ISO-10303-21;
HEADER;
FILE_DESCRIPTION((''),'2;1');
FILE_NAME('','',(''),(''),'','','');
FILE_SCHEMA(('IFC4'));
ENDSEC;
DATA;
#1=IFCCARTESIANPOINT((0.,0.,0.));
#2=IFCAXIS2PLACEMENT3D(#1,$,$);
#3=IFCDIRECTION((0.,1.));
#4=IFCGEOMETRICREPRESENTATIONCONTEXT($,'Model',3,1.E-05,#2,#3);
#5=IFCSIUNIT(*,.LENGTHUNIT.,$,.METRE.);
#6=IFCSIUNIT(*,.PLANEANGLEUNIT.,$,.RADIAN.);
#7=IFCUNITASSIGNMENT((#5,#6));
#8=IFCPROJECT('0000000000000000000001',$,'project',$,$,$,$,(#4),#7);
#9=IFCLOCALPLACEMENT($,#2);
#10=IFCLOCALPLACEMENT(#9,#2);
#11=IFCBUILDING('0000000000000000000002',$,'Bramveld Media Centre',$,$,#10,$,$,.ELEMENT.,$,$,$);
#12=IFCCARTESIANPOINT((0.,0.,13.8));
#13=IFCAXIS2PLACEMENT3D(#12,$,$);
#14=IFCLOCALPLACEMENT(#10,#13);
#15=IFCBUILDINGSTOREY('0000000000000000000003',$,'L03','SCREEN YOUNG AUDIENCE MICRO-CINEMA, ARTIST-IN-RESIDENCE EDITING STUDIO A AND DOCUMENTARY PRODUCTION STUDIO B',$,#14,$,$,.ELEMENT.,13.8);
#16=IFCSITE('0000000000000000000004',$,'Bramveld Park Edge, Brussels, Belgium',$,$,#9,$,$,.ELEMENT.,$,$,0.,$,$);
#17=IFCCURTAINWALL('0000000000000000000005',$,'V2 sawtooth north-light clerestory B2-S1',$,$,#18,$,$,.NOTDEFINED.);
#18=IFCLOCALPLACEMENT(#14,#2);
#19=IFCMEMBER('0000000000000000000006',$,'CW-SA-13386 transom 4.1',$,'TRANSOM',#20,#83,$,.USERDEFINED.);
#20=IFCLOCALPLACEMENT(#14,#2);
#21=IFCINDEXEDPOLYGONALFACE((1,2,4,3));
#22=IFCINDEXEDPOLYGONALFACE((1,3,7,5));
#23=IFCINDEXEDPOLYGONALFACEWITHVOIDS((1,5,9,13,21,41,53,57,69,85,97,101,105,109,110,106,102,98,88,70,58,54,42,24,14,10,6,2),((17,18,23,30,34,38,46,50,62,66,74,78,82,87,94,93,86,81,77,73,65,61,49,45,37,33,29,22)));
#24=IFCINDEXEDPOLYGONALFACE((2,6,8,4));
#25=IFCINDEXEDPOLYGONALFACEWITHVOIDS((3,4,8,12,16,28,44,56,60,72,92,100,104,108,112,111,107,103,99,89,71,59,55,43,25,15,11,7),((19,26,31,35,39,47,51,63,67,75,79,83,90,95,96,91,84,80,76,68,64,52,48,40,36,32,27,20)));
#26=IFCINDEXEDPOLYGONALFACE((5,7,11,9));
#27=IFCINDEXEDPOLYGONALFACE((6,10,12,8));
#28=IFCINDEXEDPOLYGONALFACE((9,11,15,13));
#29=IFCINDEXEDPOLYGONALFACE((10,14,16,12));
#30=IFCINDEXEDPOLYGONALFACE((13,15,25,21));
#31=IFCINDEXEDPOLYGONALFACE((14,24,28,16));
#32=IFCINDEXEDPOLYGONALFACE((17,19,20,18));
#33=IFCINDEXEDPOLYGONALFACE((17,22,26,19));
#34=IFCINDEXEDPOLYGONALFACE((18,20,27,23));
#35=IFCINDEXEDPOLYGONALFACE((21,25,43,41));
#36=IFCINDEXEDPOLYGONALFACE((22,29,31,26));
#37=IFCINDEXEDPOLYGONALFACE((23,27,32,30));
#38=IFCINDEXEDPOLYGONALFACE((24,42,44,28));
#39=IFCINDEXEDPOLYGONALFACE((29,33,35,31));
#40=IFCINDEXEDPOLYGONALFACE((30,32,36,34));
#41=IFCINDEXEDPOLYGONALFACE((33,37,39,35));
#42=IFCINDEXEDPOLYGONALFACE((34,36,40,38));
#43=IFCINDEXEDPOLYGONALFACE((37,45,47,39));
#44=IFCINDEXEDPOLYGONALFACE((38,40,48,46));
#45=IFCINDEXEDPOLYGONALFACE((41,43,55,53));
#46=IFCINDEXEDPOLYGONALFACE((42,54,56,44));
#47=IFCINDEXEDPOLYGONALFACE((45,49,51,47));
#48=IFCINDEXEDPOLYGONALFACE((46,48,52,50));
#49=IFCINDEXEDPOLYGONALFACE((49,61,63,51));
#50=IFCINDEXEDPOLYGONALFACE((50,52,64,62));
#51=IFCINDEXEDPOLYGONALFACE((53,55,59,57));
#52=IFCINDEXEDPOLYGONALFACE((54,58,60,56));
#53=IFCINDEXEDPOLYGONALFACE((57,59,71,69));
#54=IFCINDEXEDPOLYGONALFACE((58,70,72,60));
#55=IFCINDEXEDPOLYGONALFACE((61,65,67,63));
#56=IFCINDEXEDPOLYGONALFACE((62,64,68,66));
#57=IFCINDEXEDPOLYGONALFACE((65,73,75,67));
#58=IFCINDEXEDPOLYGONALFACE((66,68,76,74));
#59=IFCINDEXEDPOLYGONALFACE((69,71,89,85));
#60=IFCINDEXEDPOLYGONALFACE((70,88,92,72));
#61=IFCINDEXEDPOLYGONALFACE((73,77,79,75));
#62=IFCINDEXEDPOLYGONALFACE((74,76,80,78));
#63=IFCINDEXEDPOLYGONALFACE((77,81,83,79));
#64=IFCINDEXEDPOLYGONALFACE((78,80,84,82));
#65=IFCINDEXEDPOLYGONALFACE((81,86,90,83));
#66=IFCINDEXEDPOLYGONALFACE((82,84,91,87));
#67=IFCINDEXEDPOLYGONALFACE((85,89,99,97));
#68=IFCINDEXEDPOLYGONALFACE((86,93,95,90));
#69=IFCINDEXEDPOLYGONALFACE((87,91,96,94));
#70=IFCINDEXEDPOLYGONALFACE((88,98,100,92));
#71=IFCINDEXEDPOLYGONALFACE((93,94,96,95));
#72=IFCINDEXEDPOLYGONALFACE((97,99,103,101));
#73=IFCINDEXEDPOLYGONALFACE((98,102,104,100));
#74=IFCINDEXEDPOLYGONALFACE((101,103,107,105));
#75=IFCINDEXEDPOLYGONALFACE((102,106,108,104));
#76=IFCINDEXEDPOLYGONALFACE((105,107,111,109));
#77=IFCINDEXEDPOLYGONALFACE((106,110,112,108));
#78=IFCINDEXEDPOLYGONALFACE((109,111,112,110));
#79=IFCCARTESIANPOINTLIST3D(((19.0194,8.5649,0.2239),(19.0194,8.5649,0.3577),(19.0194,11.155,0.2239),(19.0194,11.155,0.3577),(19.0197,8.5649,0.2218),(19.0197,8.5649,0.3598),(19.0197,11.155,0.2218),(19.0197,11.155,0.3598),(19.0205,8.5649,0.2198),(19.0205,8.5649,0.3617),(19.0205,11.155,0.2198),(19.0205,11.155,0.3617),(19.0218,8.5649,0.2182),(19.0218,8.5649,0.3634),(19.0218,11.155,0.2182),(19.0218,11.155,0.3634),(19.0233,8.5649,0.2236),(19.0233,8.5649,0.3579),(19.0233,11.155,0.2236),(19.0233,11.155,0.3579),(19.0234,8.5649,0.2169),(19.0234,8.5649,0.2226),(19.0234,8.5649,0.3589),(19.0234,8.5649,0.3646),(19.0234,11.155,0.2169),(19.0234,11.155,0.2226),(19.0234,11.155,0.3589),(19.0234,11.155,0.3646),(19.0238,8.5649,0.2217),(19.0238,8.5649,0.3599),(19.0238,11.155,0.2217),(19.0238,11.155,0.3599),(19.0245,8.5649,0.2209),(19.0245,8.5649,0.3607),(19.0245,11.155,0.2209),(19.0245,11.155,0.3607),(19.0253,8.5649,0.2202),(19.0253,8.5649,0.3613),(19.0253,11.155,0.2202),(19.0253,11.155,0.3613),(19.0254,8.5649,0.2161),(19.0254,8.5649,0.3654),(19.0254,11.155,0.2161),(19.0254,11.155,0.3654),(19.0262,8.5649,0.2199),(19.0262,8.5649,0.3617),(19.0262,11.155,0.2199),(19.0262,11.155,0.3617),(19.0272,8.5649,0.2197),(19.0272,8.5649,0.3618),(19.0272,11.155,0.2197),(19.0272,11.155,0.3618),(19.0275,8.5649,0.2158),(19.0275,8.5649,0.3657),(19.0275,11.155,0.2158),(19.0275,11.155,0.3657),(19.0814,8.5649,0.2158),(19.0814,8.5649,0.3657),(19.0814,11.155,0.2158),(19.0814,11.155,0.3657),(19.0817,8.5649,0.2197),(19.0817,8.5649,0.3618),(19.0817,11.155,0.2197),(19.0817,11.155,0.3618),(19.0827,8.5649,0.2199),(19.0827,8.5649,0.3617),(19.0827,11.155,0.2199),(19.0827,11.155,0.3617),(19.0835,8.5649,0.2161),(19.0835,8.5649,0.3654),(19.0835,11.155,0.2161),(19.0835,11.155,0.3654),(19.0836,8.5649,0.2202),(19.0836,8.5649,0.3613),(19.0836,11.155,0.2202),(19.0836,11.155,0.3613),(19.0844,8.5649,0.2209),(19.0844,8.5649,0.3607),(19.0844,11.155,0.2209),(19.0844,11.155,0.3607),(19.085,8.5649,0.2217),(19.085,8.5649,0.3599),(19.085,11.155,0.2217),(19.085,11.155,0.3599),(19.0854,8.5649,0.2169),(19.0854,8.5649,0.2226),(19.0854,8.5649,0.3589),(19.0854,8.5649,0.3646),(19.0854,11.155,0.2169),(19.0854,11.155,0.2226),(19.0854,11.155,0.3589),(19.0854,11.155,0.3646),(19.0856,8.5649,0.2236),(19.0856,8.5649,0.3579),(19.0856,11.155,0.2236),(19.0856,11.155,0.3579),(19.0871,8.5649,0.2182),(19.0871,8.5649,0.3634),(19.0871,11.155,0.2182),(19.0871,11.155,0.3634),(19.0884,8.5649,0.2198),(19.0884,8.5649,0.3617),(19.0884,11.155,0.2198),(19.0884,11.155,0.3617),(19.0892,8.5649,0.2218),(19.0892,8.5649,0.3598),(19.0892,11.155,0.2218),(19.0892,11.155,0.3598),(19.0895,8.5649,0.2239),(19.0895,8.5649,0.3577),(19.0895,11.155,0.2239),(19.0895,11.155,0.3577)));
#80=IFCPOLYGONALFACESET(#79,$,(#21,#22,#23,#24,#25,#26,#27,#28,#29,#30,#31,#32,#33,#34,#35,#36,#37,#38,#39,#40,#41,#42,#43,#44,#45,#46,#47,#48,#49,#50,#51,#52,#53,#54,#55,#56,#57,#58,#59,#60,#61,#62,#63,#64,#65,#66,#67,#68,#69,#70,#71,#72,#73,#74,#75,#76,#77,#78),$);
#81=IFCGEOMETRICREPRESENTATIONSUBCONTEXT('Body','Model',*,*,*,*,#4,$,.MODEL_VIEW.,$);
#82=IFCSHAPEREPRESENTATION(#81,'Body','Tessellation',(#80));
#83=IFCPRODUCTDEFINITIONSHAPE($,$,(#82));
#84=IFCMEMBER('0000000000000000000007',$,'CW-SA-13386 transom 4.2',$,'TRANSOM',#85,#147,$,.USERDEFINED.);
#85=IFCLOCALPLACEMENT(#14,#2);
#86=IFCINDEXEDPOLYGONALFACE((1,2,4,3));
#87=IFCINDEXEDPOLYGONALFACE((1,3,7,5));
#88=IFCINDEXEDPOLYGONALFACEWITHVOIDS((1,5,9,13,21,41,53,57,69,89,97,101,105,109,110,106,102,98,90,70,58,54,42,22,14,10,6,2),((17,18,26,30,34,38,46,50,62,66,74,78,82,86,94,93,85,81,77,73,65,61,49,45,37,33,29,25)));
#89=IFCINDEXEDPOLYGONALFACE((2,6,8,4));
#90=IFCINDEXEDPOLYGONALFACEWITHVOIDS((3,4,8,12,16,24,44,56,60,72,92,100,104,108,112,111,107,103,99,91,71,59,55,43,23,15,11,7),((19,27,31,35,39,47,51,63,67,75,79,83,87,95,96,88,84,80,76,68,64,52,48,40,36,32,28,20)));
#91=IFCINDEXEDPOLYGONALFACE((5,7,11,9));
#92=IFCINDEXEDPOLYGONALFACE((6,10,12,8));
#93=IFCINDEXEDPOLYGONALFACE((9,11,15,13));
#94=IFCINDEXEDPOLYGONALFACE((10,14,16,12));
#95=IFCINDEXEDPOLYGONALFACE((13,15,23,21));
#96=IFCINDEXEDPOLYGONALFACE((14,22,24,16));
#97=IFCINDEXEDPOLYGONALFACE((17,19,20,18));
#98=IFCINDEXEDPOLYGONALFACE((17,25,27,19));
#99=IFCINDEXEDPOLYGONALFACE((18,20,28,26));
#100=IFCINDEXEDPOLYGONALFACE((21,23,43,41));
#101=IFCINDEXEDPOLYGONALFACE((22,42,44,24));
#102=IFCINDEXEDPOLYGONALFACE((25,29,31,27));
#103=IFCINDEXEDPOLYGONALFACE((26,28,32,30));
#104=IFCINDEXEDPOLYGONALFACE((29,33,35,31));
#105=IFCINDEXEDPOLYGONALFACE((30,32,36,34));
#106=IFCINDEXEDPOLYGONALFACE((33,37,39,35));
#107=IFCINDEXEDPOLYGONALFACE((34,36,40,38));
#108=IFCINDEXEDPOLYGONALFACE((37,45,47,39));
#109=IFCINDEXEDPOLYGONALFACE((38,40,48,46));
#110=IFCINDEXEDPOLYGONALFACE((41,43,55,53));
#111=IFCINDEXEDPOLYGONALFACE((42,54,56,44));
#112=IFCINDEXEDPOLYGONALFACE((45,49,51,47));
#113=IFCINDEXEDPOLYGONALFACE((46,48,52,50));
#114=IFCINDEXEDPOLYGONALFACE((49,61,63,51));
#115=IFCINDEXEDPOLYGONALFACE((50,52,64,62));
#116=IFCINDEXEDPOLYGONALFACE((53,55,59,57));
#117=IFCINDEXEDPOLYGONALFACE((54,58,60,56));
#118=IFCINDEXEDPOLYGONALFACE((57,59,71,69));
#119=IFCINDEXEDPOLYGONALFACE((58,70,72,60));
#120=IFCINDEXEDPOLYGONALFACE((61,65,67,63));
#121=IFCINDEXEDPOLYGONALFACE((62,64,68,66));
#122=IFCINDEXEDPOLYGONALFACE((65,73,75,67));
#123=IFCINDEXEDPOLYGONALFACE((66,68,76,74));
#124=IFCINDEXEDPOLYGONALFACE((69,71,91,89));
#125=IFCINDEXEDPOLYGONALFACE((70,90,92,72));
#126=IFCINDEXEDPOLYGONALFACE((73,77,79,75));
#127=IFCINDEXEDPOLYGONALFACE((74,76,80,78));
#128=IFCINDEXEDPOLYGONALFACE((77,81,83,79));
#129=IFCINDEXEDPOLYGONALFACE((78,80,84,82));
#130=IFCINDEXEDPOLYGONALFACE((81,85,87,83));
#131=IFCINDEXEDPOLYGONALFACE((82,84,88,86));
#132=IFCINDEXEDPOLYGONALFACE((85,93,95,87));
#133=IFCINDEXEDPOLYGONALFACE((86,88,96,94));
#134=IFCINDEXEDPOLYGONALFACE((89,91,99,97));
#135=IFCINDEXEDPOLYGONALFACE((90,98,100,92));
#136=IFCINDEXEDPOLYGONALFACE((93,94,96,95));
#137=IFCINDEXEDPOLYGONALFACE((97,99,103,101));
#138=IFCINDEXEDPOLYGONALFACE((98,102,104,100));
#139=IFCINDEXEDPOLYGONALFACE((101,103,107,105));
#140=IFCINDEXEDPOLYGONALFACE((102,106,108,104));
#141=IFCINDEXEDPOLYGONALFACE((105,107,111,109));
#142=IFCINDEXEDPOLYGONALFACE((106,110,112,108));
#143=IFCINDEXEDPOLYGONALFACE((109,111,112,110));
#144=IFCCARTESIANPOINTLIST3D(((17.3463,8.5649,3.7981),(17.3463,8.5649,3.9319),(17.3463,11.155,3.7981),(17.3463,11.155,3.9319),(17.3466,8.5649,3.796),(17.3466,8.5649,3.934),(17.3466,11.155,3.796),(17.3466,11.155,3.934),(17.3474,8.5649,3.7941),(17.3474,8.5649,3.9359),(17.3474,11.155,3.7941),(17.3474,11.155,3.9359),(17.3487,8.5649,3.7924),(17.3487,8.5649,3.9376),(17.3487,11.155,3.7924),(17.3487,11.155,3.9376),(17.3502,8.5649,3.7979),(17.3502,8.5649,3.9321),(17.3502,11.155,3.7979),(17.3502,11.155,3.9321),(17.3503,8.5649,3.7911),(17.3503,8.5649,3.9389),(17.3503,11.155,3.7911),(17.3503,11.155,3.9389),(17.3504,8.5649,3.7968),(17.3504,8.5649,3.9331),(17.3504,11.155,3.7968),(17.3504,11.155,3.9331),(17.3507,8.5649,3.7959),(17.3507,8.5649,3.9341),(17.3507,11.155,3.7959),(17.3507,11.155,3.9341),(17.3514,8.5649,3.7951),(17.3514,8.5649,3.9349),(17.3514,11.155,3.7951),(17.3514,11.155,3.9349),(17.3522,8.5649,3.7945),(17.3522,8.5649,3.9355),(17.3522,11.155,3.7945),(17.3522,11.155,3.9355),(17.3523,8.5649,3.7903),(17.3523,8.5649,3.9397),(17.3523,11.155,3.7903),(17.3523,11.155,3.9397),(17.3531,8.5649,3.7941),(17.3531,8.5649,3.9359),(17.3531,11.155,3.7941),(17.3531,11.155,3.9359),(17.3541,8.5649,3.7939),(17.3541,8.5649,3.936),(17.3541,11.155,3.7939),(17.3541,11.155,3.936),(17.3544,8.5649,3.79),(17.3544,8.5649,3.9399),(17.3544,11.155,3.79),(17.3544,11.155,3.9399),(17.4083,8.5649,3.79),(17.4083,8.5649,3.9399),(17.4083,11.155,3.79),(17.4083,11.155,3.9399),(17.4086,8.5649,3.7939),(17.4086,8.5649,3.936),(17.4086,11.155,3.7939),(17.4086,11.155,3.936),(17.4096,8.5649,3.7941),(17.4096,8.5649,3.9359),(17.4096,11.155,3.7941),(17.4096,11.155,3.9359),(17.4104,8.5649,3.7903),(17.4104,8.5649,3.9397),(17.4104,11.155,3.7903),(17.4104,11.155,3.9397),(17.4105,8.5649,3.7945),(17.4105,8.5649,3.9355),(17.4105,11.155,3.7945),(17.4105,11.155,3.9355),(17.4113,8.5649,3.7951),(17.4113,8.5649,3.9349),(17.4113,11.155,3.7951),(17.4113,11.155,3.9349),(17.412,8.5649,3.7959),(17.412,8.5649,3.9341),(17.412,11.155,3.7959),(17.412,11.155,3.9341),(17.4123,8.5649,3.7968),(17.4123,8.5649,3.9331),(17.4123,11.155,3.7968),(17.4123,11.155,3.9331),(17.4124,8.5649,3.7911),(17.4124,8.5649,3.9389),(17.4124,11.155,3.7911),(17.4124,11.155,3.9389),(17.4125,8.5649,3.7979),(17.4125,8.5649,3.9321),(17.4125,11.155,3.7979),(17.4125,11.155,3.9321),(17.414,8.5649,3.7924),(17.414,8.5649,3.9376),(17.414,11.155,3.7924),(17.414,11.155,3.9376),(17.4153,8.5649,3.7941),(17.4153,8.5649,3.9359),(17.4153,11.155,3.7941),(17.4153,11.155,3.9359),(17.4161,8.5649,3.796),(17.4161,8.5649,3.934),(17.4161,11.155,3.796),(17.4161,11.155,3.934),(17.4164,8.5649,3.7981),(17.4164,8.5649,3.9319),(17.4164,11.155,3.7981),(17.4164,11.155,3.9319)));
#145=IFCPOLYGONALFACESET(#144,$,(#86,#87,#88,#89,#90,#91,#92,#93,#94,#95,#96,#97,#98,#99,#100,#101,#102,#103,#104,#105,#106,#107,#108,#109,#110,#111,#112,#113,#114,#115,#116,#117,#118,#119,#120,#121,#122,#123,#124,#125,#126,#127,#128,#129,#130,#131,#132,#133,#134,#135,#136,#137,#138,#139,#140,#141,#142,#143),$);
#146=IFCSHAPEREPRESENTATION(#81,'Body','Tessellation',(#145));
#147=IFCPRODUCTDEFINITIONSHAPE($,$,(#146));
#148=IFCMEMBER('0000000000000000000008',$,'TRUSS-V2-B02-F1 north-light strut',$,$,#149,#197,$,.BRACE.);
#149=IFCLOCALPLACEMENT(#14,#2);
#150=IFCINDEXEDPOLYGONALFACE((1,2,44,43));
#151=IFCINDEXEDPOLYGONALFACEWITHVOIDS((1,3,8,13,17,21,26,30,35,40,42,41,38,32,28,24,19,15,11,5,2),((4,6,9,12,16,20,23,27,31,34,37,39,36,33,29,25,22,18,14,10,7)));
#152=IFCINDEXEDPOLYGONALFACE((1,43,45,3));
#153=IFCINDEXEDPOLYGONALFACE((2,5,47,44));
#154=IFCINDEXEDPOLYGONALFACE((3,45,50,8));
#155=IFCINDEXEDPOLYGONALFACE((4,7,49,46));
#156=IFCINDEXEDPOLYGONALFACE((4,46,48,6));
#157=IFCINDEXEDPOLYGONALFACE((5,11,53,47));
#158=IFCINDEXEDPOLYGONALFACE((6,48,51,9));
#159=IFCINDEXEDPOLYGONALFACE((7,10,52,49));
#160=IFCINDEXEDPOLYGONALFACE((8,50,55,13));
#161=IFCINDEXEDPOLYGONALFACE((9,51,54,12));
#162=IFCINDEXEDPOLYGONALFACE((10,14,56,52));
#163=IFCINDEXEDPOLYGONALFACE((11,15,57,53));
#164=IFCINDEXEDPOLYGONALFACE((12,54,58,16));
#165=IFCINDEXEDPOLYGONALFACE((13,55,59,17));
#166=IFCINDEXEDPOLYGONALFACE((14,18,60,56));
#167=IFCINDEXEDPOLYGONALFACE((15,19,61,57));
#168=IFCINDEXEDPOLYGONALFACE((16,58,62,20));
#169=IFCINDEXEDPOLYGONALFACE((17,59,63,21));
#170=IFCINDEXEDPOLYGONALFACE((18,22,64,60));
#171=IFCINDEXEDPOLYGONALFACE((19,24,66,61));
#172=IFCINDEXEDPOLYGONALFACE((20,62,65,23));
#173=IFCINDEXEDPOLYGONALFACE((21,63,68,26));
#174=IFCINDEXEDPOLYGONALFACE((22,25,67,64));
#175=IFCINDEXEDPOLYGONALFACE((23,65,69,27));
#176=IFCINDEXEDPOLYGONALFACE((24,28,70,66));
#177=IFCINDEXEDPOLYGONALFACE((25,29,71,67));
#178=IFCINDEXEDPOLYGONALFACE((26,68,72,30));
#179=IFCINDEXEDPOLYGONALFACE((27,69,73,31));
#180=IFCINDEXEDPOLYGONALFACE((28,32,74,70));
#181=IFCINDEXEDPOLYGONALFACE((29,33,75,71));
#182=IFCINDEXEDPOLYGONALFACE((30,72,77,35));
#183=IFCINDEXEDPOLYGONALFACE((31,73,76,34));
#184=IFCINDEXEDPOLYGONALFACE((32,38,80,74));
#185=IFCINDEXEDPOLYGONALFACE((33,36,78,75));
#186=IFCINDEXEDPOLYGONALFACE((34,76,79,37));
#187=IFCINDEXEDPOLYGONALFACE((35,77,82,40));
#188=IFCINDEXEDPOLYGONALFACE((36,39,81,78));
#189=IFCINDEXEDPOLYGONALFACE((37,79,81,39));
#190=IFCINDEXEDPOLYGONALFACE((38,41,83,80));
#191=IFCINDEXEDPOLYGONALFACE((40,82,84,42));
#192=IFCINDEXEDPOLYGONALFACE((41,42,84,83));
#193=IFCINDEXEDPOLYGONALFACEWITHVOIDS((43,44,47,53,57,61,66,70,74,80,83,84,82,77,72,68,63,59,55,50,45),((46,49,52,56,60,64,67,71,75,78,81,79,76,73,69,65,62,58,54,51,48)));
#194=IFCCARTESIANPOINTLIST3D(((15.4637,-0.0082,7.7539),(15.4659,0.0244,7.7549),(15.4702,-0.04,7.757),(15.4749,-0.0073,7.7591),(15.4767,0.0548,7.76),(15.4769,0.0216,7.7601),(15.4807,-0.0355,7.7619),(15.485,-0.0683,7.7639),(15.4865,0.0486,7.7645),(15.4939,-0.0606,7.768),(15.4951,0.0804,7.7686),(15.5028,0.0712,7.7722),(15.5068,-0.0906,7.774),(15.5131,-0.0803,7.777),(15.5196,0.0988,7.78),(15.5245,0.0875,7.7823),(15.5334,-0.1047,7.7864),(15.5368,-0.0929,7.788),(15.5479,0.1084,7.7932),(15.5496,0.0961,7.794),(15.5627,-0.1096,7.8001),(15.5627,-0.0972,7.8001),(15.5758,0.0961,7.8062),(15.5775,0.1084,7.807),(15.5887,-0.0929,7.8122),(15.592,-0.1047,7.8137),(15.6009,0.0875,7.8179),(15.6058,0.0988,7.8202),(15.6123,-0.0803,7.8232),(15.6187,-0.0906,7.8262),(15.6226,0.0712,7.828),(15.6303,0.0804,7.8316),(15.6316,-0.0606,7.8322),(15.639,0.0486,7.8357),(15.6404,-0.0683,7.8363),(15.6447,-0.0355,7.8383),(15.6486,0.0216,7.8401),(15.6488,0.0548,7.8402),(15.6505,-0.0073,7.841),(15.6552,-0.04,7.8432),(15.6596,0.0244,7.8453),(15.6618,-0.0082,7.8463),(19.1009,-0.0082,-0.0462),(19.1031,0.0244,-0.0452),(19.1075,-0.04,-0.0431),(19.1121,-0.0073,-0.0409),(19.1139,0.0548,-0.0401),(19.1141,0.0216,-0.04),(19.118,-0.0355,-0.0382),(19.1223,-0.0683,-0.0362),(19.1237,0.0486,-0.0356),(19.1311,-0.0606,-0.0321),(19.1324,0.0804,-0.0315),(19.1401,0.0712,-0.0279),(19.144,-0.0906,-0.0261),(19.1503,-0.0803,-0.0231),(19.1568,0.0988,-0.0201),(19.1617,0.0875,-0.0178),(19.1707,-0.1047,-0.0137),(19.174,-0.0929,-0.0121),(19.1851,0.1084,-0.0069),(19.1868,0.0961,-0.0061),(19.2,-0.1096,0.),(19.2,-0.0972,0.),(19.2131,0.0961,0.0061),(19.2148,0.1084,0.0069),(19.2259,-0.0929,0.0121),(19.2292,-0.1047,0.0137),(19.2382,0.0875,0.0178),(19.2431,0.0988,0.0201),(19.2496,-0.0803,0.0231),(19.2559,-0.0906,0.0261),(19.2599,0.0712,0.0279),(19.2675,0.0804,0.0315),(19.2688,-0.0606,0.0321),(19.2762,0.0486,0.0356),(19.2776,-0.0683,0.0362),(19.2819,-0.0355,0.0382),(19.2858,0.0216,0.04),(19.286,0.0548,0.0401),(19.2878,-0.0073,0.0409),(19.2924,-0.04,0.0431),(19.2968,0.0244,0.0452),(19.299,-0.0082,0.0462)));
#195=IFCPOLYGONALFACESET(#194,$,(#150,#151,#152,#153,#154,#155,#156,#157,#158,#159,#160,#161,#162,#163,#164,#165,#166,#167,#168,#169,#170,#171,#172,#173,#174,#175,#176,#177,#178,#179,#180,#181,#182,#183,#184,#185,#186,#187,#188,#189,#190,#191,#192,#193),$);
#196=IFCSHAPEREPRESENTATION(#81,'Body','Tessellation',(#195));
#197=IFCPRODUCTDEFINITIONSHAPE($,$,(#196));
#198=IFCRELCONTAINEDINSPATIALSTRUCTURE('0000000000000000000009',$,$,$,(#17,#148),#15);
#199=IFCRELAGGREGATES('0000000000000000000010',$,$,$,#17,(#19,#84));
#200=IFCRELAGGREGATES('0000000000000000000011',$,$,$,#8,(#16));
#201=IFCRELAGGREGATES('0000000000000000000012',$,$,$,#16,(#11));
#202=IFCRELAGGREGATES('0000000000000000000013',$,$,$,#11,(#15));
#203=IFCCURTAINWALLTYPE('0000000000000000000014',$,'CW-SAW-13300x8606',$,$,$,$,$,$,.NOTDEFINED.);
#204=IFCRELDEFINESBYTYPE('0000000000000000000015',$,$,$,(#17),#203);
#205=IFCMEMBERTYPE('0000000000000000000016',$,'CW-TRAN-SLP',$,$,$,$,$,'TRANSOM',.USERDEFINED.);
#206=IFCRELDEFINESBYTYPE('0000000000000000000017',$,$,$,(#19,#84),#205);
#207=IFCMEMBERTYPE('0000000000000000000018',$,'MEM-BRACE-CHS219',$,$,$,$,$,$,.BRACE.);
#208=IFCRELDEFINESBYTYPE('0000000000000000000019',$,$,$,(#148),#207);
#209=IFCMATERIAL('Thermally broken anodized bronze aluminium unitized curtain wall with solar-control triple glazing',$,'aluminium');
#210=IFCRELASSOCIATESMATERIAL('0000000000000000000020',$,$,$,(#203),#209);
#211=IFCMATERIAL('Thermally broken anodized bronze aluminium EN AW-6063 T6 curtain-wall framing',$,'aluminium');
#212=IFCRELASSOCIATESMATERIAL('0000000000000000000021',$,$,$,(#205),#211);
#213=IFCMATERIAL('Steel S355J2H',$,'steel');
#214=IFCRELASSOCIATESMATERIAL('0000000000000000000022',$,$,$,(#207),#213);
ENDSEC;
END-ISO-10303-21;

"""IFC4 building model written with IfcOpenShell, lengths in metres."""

from ifc_helpers import new_model, si_unit, direction, frame, origin, origin_2d, place, context, subcontext, project, spatial, hollow_rectangle, hollow_circle, extrude, material, material_profile, profile_set, type_object, element, aggregate, save


model = new_model("IFC4")

# Units and contexts
model_context = context("Model", 3, precision=1e-05, world=origin(), true_north=direction((0.0, 1.0)))
body_context = subcontext(model_context, "Body", "Model", "MODEL_VIEW")
ifc_project = project(units=[si_unit("LENGTHUNIT", "METRE"), si_unit("PLANEANGLEUNIT", "RADIAN")], contexts=[model_context])

# Site, building, storey
site_placement = place(None, origin())
site = spatial("IfcSite", under=ifc_project, at=site_placement, Name="Bramveld Park Edge, Brussels, Belgium", CompositionType="ELEMENT", RefElevation=0.0)
building_placement = place(site_placement, origin())
building = spatial("IfcBuilding", under=site, at=building_placement, Name="Bramveld Media Centre", CompositionType="ELEMENT")
storey_placement = place(building_placement, frame((0.0, 0.0, 13.8)))
storey = spatial("IfcBuildingStorey", under=building, at=storey_placement, Name="L03", Description="SCREEN YOUNG AUDIENCE MICRO-CINEMA, ARTIST-IN-RESIDENCE EDITING STUDIO A AND DOCUMENTARY PRODUCTION STUDIO B", CompositionType="ELEMENT", Elevation=13.8)

# Curtain wall, members
ifc_material_1 = material(Name="Thermally broken anodized bronze aluminium unitized curtain wall with solar-control triple glazing", Category="aluminium")
curtain_wall_type = type_object("IfcCurtainWallType", Name="CW-SAW-13300x8606", PredefinedType="NOTDEFINED", material=ifc_material_1)
curtain_wall_placement = place(storey_placement, origin())
curtain_wall = element("IfcCurtainWall", 1, at=curtain_wall_placement, inside=storey, type_object=curtain_wall_type, Name="V2 sawtooth north-light clerestory B2-S1", PredefinedType="NOTDEFINED")
ifc_material_2 = material(Name="Thermally broken anodized bronze aluminium EN AW-6063 T6 curtain-wall framing", Category="aluminium")
ifc_material_profile_1 = material_profile(ifc_material_2, hollow_rectangle(XDim=0.0701, YDim=0.1499, WallThickness=0.0039, InnerFilletRadius=0.0039, OuterFilletRadius=0.0081, at=origin_2d()), Name="AL-TRAN 70x150")
ifc_profile_set_1 = profile_set([ifc_material_profile_1], Name="Thermally broken anodized bronze aluminium EN AW-6063 T6 curtain-wall framing")
member_type_1 = type_object("IfcMemberType", Name="CW-TRAN-SLP", ElementType="TRANSOM", PredefinedType="USERDEFINED", material=ifc_profile_set_1)
member_1_placement = place(storey_placement, frame((19.0544, 8.5649, 0.2908), z_axis=(0.0, 1.0, 0.0), x_axis=(-1.0, 0.0, 0.0)))
member_1 = element("IfcMember", 2, at=member_1_placement, type_object=member_type_1, Name="CW-SA-13386 transom 4.1", ObjectType="TRANSOM", PredefinedType="USERDEFINED", context=body_context, shape_type="SweptSolid", body=[
    extrude(hollow_rectangle(XDim=0.0701, YDim=0.1499, WallThickness=0.0039, InnerFilletRadius=0.0039, OuterFilletRadius=0.0081, at=origin_2d()), origin(), (0.0, 0.0, 1.0), 2.5901),
])
member_2_placement = place(storey_placement, frame((17.3813, 8.5649, 3.865), z_axis=(0.0, 1.0, 0.0), x_axis=(-1.0, 0.0, 0.0)))
member_2 = element("IfcMember", 3, at=member_2_placement, type_object=member_type_1, Name="CW-SA-13386 transom 4.2", ObjectType="TRANSOM", PredefinedType="USERDEFINED", context=body_context, shape_type="SweptSolid", body=[
    extrude(hollow_rectangle(XDim=0.0701, YDim=0.1499, WallThickness=0.0039, InnerFilletRadius=0.0039, OuterFilletRadius=0.0081, at=origin_2d()), origin(), (0.0, 0.0, 1.0), 2.5901),
])

# Member
ifc_material_3 = material(Name="Steel S355J2H", Category="steel")
ifc_material_profile_2 = material_profile(ifc_material_3, hollow_circle(Radius=0.1096, WallThickness=0.0125, at=origin_2d()), Name="CHS 219.1x12.5")
ifc_profile_set_2 = profile_set([ifc_material_profile_2], Name="Steel S355J2H")
member_type_2 = type_object("IfcMemberType", Name="MEM-BRACE-CHS219", PredefinedType="BRACE", material=ifc_profile_set_2)
for number, where, z_axis, x_axis, name in (
    (4, (19.2, 0.0, 0.0), (-0.422617, 0.0, 0.906308), (0.0, -1.0, 0.0), "TRUSS-V2-B02-F1 north-light strut"),
):
    element("IfcMember", number, at=place(storey_placement, frame(where, z_axis=z_axis, x_axis=x_axis)), inside=storey, type_object=member_type_2, Name=name, PredefinedType="BRACE", context=body_context, shape_type="SweptSolid", body=[
        extrude(hollow_circle(Radius=0.1096, WallThickness=0.0125, at=origin_2d()), origin(), (0.0, 0.0, 1.0), 8.6064),
    ])

aggregate(curtain_wall, [member_1, member_2])

save(model, "model.ifc")
